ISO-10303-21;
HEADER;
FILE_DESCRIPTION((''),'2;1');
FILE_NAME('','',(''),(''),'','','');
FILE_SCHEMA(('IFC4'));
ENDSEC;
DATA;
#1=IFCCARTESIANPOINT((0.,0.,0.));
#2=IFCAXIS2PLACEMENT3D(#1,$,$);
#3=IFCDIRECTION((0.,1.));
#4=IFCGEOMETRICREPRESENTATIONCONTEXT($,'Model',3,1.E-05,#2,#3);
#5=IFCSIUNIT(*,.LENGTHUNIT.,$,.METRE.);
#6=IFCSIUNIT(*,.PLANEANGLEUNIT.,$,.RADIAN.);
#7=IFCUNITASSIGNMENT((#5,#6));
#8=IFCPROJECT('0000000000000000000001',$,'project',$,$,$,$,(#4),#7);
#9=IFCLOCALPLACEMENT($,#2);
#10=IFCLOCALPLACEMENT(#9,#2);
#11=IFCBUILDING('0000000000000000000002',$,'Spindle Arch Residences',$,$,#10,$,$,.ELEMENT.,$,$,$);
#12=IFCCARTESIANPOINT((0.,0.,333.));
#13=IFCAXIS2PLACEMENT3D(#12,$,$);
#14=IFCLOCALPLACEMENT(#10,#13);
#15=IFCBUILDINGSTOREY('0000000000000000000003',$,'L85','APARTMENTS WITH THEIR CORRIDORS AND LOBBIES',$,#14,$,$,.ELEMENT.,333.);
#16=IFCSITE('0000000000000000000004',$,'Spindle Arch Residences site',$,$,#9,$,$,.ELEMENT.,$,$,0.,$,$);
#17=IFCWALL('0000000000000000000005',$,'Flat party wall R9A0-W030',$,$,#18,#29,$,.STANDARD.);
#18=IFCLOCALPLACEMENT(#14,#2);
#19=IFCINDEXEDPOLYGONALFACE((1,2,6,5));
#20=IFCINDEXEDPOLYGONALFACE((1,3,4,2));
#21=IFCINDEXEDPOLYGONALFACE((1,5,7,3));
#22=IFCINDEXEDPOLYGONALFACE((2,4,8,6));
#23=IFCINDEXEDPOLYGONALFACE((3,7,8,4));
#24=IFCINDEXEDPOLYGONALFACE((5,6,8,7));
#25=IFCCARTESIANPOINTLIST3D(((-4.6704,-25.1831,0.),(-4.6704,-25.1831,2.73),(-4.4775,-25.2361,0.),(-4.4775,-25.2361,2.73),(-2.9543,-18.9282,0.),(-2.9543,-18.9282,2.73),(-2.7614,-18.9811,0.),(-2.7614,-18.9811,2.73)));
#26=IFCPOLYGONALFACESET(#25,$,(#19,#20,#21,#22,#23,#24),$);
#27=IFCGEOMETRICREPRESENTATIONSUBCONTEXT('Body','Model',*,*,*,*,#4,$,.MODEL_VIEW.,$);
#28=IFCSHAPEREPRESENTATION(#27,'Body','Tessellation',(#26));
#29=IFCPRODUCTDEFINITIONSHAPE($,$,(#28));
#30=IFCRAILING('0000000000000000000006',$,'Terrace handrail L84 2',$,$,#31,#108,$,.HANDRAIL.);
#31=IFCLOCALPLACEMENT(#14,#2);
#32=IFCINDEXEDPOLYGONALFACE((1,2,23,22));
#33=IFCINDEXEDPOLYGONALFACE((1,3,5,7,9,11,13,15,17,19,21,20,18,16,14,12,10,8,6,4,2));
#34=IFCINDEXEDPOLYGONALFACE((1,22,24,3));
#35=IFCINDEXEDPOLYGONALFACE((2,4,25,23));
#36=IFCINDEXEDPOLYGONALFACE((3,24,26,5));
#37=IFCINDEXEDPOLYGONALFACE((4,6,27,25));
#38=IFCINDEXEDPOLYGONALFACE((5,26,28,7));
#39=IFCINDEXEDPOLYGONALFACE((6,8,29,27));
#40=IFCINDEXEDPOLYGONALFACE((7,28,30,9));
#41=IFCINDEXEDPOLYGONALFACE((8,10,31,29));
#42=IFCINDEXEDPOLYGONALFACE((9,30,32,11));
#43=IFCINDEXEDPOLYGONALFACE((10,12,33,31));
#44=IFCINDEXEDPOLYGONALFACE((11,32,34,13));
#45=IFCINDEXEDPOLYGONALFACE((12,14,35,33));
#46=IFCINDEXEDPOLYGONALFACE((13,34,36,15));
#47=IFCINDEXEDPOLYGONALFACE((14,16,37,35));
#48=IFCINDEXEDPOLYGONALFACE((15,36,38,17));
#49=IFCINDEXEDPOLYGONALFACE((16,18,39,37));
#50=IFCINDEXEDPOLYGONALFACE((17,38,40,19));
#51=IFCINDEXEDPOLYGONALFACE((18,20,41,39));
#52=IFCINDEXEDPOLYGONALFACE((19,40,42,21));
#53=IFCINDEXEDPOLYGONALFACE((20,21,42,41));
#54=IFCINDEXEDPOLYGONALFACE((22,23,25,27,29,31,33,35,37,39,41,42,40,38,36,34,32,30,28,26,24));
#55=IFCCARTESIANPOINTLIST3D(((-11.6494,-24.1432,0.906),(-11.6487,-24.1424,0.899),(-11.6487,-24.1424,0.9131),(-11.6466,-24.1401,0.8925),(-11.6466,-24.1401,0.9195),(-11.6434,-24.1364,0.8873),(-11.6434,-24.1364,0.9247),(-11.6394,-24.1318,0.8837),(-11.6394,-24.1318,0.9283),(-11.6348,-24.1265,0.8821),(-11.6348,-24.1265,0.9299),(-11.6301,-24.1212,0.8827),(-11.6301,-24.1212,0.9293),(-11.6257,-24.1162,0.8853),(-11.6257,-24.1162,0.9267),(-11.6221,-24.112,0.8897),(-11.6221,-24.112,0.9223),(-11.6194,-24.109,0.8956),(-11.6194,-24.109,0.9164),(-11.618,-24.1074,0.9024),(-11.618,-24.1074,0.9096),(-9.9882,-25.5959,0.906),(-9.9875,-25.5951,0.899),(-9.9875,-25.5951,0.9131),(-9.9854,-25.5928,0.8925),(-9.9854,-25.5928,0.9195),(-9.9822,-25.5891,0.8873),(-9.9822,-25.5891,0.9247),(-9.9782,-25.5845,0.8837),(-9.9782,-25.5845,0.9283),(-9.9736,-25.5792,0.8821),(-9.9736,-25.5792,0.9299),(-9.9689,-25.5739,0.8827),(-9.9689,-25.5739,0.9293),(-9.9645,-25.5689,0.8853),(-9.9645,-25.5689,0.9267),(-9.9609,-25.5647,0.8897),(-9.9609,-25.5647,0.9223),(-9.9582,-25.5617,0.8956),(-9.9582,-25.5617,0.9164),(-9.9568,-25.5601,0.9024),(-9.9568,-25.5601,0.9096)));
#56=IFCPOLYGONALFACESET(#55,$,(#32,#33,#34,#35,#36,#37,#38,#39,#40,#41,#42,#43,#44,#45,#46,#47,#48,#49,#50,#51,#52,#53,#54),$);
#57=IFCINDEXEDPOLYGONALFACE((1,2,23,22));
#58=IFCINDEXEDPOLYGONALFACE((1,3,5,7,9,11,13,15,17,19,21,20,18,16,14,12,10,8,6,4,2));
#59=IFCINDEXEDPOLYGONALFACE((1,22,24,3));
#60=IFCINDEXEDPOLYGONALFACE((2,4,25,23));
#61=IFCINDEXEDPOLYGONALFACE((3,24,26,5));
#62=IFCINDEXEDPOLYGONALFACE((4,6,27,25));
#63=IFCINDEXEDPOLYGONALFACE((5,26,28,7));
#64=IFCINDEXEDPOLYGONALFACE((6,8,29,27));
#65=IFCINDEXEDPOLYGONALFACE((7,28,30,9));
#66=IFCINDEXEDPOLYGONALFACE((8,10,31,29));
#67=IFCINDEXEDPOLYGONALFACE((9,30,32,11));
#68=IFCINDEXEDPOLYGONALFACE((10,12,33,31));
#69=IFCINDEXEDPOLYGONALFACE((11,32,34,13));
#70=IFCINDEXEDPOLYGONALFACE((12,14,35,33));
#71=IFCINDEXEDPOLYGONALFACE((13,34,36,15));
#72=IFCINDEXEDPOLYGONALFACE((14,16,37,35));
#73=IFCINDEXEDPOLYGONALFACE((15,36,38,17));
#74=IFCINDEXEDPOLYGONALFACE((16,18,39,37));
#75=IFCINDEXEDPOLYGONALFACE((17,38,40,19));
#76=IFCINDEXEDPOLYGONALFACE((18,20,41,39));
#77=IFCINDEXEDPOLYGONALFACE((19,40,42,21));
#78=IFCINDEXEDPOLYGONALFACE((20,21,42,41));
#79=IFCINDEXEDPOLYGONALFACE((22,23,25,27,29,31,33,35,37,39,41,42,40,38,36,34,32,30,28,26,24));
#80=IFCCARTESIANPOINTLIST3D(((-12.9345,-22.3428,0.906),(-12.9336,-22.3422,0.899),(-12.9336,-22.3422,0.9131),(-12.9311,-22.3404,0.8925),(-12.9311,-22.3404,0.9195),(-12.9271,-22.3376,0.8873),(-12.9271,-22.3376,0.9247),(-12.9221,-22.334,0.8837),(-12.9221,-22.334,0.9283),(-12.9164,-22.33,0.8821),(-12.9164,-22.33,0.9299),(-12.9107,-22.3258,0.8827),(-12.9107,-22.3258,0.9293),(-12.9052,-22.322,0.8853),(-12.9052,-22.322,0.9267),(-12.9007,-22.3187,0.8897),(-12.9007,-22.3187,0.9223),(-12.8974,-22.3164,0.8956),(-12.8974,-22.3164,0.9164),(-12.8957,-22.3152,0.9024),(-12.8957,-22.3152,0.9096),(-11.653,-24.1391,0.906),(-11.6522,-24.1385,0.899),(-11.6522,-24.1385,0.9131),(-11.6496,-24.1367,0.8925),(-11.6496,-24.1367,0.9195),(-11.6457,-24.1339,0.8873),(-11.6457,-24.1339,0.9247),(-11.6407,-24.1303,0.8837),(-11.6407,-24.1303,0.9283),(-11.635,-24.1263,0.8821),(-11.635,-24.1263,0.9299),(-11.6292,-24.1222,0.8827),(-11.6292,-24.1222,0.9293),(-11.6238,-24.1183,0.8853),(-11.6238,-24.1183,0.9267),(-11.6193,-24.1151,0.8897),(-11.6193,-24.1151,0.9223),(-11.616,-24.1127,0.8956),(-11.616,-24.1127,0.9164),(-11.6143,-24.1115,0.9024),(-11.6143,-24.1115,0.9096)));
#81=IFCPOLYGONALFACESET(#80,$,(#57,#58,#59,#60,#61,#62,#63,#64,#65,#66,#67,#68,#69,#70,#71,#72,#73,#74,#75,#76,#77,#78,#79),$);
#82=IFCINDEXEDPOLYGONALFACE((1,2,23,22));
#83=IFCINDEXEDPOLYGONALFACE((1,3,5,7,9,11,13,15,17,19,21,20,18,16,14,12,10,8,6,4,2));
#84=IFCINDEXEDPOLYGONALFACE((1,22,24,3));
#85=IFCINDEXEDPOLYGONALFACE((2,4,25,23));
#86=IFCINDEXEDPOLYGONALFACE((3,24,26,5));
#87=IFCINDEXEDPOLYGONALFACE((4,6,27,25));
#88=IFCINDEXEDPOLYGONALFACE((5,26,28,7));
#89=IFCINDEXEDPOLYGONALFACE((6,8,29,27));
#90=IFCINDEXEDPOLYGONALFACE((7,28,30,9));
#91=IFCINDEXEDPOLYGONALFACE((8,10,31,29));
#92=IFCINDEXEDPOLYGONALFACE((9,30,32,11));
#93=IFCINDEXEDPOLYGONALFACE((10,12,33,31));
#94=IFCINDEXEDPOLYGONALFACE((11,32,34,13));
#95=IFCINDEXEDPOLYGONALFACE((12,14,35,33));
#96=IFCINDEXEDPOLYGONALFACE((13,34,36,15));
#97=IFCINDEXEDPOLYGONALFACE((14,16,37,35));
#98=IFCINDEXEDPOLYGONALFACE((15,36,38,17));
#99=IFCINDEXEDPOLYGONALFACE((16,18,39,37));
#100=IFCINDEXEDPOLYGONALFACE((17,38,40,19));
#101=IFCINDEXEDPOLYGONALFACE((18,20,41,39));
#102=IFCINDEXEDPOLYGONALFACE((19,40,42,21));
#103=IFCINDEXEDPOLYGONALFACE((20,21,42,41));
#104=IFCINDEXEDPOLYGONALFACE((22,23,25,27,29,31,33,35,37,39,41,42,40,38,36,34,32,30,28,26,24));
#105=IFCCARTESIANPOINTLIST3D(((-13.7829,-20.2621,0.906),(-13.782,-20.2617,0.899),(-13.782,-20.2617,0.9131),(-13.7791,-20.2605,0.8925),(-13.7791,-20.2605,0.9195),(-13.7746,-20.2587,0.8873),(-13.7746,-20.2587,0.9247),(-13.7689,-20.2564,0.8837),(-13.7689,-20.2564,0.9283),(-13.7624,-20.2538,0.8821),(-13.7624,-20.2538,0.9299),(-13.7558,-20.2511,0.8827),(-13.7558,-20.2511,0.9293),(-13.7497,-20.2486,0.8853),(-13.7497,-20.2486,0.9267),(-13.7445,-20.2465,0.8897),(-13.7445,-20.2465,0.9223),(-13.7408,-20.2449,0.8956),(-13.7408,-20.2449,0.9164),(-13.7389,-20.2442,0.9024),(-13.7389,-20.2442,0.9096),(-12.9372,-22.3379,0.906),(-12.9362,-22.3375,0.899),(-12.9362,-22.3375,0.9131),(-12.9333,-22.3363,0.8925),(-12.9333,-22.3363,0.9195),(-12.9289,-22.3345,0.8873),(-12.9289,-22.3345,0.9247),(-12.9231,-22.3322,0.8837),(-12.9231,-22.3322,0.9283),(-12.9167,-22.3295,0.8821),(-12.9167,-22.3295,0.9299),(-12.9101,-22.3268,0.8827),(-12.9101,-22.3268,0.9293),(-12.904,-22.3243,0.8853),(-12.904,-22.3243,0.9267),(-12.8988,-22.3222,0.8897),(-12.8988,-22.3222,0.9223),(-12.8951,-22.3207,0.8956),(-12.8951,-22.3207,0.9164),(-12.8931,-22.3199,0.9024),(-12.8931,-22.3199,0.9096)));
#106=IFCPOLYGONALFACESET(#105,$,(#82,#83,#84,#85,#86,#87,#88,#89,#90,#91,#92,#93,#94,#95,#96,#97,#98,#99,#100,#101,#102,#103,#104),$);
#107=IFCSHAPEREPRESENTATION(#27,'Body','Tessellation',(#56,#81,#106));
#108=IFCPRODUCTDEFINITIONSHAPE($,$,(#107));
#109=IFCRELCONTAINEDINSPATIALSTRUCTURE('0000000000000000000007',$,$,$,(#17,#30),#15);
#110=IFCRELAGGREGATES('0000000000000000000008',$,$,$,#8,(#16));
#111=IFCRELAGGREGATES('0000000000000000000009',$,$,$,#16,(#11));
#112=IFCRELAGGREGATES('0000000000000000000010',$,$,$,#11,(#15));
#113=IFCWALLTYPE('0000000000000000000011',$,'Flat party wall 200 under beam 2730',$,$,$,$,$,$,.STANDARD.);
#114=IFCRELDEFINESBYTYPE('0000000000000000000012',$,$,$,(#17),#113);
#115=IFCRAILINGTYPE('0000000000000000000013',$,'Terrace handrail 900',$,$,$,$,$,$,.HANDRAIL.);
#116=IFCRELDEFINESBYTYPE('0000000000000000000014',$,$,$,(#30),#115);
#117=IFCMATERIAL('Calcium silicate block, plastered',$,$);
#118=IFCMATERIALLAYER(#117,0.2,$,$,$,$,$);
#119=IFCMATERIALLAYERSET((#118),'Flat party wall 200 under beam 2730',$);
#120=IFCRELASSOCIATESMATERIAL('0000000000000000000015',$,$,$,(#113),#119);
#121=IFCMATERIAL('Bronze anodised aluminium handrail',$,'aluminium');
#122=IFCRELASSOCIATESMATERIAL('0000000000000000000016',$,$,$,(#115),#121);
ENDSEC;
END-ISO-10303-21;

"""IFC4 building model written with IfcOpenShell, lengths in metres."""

from ifc_helpers import new_model, si_unit, direction, frame, frame_2d, origin, origin_2d, place, context, subcontext, project, spatial, rectangle, circle, extrude, material, layer, layer_set, type_object, element, save


model = new_model("IFC4")

# Units and contexts
model_context = context("Model", 3, precision=1e-05, world=origin(), true_north=direction((0.0, 1.0)))
body_context = subcontext(model_context, "Body", "Model", "MODEL_VIEW")
ifc_project = project(units=[si_unit("LENGTHUNIT", "METRE"), si_unit("PLANEANGLEUNIT", "RADIAN")], contexts=[model_context])

# Site, building, storey
site_placement = place(None, origin())
site = spatial("IfcSite", under=ifc_project, at=site_placement, Name="Spindle Arch Residences site", CompositionType="ELEMENT", RefElevation=0.0)
building_placement = place(site_placement, origin())
building = spatial("IfcBuilding", under=site, at=building_placement, Name="Spindle Arch Residences", CompositionType="ELEMENT")
storey_placement = place(building_placement, frame((0.0, 0.0, 333.0)))
storey = spatial("IfcBuildingStorey", under=building, at=storey_placement, Name="L85", Description="APARTMENTS WITH THEIR CORRIDORS AND LOBBIES", CompositionType="ELEMENT", Elevation=333.0)

# Wall
ifc_material_1 = material(Name="Calcium silicate block, plastered")
ifc_layer_1 = layer(ifc_material_1, 0.2)
ifc_layer_set_1 = layer_set([ifc_layer_1], Name="Flat party wall 200 under beam 2730")
wall_type_1 = type_object("IfcWallType", Name="Flat party wall 200 under beam 2730", PredefinedType="STANDARD", material=ifc_layer_set_1)
wall_1_placement = place(storey_placement, frame((-4.574, -25.2097, 0.0), z_axis=(0.0, 0.0, 1.0), x_axis=(0.264579, 0.964364, 0.0)))
element("IfcWall", 1, at=wall_1_placement, inside=storey, type_object=wall_type_1, Name="Flat party wall R9A0-W030", PredefinedType="STANDARD", context=body_context, shape_type="SweptSolid", body=[
    extrude(rectangle(XDim=6.4861, YDim=0.2, at=frame_2d((3.2432, 0.0))), origin(), (0.0, 0.0, 1.0), 2.73),
])

# Railing
ifc_material_2 = material(Name="Bronze anodised aluminium handrail", Category="aluminium")
railing_type_1 = type_object("IfcRailingType", Name="Terrace handrail 900", PredefinedType="HANDRAIL", material=ifc_material_2)
railing_1_placement = place(storey_placement, frame((-9.9724, -25.5779, 0.03)))
element("IfcRailing", 2, at=railing_1_placement, inside=storey, type_object=railing_type_1, Name="Terrace handrail L84 2", PredefinedType="HANDRAIL", context=body_context, shape_type="SweptSolid", body=[
    extrude(circle(Radius=0.0239, at=origin_2d()), frame((0.0, 0.0, 0.876), z_axis=(-0.752769, 0.658285, 0.0), x_axis=(-0.658285, -0.752769, 0.0)), (0.0, 0.0, 1.0), 2.2068),
    extrude(circle(Radius=0.0239, at=origin_2d()), frame((-1.6611, 1.4526, 0.876), z_axis=(-0.580746, 0.814085, 0.0), x_axis=(-0.814085, -0.580746, 0.0)), (0.0, 0.0, 1.0), 2.2065),
    extrude(circle(Radius=0.0239, at=origin_2d()), frame((-2.9426, 3.249, 0.876), z_axis=(-0.377318, 0.926084, 0.0), x_axis=(-0.926084, -0.377318, 0.0)), (0.0, 0.0, 1.0), 2.2415),
])

save(model, "model.ifc")
